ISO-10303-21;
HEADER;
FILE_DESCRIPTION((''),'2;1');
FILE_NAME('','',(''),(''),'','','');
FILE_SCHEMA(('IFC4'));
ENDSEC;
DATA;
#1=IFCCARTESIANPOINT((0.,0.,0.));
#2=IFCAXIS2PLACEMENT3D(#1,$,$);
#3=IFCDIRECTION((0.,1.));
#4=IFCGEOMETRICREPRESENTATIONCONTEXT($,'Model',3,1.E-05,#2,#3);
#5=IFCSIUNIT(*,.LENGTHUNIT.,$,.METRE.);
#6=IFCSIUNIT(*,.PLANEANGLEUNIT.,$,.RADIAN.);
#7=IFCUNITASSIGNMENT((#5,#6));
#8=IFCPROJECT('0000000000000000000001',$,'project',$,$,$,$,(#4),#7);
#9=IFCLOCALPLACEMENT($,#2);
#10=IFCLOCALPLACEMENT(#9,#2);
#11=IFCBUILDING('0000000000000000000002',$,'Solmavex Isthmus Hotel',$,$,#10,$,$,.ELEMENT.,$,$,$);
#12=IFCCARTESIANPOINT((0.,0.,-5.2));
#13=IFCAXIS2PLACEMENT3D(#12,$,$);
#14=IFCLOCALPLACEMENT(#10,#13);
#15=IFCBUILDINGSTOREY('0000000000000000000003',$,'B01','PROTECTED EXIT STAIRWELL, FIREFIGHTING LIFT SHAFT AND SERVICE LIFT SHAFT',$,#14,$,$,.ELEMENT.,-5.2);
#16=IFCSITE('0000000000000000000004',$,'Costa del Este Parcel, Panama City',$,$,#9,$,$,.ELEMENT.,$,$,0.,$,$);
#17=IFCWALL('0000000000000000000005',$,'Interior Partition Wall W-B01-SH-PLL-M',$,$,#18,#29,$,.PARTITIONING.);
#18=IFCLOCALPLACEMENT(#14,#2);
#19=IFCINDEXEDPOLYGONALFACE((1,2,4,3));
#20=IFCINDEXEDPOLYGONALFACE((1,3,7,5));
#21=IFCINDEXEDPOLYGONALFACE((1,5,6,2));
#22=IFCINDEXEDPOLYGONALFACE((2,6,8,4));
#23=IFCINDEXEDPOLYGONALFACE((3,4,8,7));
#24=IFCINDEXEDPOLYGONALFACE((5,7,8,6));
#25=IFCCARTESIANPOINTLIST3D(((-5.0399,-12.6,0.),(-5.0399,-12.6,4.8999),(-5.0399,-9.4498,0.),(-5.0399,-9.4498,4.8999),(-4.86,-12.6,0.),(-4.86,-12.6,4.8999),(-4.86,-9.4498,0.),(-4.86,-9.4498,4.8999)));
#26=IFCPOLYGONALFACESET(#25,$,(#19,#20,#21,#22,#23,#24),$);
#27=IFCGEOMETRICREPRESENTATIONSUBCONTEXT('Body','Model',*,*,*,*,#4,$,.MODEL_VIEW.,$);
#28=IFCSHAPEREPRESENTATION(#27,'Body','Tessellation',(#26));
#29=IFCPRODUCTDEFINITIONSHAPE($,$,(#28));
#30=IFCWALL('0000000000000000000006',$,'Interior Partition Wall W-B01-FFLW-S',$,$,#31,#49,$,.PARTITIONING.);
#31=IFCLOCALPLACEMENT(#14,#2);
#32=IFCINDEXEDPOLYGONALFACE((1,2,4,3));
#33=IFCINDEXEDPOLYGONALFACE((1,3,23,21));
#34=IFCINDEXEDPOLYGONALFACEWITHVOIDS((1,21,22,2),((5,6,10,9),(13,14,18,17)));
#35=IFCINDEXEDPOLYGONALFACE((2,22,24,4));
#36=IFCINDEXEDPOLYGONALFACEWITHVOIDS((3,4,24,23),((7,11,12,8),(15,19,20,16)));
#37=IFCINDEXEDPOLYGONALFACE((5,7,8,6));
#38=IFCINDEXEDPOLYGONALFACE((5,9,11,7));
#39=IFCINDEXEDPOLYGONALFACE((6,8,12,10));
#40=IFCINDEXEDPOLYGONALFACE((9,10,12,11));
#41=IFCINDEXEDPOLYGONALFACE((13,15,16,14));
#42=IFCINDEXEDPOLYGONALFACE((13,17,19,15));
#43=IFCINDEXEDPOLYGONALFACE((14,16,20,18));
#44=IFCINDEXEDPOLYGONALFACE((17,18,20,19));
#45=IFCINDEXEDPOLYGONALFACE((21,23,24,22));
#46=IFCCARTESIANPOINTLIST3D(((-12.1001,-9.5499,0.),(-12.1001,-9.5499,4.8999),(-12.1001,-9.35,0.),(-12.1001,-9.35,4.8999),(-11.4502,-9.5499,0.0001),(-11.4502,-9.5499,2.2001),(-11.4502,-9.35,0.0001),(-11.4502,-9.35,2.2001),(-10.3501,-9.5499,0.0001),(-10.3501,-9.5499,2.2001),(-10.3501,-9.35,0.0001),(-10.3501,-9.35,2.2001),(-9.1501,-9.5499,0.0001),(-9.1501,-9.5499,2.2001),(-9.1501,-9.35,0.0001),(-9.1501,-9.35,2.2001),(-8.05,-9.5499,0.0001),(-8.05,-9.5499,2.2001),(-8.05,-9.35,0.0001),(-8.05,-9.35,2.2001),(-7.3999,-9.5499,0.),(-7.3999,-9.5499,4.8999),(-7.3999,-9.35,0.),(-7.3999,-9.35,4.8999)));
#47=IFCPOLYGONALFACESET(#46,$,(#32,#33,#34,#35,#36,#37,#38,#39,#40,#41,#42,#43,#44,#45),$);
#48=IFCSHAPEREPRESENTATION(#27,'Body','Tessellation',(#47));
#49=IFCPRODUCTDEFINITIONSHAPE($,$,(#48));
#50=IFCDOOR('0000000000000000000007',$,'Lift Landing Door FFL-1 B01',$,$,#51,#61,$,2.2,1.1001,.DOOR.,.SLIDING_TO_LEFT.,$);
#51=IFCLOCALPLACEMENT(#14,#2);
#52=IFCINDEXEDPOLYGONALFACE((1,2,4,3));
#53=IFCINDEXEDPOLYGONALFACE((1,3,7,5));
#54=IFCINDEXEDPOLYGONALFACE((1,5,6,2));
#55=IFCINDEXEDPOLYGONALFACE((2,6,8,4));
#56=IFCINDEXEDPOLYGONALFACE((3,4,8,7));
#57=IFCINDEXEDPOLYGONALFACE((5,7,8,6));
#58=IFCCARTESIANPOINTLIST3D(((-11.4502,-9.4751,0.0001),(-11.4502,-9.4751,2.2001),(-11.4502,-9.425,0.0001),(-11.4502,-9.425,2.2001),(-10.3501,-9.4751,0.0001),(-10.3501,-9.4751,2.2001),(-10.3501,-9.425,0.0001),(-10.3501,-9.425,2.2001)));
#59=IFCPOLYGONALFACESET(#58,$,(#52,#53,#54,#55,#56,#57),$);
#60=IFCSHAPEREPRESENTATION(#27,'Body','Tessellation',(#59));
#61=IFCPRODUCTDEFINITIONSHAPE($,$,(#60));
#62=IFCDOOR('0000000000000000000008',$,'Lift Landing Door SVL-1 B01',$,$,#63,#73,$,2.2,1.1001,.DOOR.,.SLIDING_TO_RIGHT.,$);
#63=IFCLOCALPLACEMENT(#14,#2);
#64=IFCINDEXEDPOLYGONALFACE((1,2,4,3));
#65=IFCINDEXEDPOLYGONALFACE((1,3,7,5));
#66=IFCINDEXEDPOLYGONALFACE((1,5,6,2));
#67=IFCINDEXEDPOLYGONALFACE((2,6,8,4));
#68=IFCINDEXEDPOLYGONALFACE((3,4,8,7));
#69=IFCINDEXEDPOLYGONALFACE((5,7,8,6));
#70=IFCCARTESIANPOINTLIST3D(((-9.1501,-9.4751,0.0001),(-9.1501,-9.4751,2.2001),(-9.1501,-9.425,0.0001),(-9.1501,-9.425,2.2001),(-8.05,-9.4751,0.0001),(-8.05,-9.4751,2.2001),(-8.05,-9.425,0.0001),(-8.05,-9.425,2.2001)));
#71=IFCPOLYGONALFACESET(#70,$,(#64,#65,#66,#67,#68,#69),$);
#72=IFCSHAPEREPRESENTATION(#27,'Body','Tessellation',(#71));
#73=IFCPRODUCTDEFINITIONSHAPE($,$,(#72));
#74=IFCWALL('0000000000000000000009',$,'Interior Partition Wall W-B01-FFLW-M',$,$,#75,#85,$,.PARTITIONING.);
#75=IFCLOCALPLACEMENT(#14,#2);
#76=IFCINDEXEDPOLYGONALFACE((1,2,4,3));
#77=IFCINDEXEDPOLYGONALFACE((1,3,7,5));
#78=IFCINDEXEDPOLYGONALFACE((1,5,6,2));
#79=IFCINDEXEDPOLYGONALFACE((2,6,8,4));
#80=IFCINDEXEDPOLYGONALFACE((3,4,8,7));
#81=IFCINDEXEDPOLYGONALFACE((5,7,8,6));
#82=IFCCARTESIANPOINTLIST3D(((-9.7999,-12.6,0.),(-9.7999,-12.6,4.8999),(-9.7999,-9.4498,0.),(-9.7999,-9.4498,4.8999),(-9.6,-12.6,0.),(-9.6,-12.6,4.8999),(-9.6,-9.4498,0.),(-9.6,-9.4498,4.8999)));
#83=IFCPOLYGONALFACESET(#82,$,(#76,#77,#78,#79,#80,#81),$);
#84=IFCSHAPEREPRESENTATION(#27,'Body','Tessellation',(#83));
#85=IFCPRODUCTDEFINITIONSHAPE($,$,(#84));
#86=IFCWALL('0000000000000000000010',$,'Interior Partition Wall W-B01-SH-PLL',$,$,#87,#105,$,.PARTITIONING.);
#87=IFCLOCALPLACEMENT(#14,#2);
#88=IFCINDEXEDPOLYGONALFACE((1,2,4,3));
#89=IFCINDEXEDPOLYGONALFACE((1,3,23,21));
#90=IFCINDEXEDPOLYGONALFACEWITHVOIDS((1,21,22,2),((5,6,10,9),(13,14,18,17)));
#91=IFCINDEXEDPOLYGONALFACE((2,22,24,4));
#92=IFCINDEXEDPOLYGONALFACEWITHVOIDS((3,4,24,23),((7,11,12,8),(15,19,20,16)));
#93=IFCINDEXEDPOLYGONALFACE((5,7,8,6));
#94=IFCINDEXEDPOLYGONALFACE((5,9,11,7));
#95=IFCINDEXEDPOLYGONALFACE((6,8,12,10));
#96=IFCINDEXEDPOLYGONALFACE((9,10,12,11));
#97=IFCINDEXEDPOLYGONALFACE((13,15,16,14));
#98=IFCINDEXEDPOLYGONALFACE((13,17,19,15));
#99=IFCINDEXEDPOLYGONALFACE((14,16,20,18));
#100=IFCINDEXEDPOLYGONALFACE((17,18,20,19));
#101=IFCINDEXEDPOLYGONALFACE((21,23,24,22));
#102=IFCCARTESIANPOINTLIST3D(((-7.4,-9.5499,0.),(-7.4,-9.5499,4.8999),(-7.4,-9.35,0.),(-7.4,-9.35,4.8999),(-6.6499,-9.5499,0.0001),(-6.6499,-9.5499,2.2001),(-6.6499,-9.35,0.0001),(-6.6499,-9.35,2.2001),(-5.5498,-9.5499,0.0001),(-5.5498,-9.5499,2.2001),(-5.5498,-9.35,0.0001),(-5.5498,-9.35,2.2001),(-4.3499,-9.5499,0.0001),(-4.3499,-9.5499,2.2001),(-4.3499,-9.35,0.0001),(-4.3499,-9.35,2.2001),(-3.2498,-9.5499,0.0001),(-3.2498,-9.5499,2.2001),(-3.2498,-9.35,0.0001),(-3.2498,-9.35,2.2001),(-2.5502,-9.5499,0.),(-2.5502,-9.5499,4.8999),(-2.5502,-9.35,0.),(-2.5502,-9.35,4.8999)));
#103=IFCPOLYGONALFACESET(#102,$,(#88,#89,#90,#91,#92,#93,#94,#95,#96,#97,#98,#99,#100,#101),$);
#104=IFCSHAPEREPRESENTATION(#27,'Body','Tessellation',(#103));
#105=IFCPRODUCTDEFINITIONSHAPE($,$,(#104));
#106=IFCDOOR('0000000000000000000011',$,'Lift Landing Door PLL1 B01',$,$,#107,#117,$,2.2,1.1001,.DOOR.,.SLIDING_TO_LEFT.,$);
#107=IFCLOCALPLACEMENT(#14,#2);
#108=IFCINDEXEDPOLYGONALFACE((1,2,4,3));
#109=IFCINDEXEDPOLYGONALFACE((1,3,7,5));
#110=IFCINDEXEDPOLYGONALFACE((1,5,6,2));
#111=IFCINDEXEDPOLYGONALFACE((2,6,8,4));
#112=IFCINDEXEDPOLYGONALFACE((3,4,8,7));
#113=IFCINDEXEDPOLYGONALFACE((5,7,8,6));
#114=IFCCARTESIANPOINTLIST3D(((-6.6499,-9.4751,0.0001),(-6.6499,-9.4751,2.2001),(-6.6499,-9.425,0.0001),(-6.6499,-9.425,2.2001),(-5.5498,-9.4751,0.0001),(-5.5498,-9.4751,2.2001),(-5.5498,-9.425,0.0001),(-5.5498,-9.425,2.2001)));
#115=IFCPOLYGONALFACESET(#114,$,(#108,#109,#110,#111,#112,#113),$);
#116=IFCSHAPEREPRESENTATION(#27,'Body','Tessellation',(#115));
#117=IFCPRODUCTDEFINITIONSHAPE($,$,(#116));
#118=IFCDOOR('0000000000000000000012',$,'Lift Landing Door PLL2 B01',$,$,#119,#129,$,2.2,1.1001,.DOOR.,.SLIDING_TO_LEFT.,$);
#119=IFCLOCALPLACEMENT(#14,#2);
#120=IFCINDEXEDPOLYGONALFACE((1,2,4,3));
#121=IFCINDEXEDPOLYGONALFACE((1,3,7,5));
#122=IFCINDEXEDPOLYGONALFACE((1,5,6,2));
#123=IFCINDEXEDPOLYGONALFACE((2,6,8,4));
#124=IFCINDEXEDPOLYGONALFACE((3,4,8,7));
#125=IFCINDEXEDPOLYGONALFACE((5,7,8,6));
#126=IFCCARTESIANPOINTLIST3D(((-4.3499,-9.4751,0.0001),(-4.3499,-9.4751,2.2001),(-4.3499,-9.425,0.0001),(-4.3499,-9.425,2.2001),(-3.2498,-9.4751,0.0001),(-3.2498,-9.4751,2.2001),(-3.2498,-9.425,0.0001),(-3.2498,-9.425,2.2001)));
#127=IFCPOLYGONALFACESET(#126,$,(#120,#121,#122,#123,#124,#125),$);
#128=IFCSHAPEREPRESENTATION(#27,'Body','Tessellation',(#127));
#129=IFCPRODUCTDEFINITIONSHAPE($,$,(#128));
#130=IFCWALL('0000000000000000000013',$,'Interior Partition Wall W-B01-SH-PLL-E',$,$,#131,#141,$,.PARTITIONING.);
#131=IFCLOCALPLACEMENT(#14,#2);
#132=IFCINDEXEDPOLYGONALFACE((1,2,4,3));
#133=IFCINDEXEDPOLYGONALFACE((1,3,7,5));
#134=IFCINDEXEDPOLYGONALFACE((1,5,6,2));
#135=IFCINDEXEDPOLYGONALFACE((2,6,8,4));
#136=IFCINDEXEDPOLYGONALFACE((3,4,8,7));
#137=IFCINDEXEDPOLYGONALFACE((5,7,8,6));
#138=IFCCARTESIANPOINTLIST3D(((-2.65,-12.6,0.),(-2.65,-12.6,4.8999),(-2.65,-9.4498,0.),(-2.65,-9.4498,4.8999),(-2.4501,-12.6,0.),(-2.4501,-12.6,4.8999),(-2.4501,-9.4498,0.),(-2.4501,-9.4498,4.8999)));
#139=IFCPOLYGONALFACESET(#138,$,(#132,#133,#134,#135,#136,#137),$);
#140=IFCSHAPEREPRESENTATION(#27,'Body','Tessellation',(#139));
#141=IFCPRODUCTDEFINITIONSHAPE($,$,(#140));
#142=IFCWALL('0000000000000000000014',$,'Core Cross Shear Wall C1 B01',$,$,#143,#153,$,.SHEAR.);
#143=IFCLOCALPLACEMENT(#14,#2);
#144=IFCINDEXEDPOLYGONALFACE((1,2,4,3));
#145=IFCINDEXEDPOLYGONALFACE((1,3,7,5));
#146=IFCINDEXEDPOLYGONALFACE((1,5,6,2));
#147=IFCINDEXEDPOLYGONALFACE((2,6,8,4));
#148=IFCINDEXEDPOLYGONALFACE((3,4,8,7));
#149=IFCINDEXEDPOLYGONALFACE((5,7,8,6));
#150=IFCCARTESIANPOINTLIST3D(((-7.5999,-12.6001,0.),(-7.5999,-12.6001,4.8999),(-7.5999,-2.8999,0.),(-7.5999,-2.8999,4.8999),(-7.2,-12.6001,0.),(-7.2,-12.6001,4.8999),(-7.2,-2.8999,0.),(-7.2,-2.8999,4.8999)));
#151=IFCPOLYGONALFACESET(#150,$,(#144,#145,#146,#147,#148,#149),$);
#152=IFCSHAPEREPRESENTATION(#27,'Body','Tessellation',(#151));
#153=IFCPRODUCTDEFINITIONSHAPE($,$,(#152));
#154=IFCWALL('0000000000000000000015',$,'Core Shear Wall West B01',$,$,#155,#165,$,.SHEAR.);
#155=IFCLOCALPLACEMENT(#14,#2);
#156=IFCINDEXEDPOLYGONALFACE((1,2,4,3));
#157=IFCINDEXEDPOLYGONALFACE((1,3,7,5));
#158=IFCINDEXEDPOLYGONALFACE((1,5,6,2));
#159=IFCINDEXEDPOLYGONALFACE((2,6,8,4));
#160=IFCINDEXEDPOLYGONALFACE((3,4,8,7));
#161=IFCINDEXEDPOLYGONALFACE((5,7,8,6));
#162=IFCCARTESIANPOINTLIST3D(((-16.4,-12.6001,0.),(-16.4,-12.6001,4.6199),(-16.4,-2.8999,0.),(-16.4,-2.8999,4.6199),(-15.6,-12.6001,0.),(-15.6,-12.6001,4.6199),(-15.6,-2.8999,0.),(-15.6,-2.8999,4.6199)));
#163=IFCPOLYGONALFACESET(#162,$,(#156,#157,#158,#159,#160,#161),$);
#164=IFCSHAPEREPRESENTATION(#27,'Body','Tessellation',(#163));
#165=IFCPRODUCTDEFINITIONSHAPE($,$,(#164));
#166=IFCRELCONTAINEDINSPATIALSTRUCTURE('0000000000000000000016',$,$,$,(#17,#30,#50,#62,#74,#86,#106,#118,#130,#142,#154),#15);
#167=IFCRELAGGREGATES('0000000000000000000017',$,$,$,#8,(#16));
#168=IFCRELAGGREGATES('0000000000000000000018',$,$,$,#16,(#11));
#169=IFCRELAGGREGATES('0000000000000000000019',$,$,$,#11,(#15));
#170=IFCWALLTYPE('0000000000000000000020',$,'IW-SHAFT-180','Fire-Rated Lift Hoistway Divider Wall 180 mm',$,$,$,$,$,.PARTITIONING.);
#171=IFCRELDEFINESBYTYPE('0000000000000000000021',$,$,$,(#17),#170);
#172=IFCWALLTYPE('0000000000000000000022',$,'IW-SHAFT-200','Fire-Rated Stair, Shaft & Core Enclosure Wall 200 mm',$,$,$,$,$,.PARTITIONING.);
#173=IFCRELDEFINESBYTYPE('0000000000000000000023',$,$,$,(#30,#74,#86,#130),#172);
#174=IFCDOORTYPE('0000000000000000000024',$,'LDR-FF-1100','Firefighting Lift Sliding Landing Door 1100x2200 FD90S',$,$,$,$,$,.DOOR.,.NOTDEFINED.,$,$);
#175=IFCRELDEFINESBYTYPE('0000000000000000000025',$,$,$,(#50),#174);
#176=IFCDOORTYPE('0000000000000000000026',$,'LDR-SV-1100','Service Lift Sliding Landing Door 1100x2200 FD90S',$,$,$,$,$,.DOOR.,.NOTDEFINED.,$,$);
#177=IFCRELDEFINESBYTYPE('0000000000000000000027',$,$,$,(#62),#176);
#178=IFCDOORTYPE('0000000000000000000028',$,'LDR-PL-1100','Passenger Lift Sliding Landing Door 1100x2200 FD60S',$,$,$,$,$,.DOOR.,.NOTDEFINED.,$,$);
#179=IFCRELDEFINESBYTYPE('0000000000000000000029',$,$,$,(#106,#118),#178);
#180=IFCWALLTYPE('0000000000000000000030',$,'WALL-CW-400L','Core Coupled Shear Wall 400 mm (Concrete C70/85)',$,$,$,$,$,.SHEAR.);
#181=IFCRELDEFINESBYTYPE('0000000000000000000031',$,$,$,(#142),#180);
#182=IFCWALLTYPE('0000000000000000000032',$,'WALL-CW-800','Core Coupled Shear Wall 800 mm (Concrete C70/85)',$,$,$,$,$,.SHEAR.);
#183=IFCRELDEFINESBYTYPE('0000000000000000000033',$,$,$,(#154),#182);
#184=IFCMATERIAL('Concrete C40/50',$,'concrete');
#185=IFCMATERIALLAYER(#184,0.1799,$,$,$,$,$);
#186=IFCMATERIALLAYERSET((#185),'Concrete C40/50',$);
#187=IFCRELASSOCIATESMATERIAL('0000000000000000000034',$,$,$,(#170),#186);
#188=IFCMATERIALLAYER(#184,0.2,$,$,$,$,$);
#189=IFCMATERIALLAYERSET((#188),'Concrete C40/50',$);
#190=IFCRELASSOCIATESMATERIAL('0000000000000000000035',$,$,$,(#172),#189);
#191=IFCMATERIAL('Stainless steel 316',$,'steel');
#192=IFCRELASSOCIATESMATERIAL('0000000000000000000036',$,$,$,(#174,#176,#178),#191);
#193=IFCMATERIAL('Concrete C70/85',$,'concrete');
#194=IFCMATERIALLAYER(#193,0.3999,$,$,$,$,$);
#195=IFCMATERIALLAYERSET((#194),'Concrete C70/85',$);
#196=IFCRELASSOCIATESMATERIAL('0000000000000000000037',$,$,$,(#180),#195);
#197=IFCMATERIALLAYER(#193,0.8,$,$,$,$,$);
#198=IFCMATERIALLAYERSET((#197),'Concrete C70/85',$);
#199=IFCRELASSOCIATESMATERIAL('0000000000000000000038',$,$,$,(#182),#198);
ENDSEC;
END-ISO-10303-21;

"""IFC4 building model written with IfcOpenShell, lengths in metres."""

from ifc_helpers import new_model, si_unit, direction, frame, frame_2d, origin, place, context, subcontext, project, spatial, rectangle, extrude, material, layer, layer_set, type_object, element, fill, save


model = new_model("IFC4")

# Units and contexts
model_context = context("Model", 3, precision=1e-05, world=origin(), true_north=direction((0.0, 1.0)))
body_context = subcontext(model_context, "Body", "Model", "MODEL_VIEW")
ifc_project = project(units=[si_unit("LENGTHUNIT", "METRE"), si_unit("PLANEANGLEUNIT", "RADIAN")], contexts=[model_context])

# Site, building, storey
site_placement = place(None, origin())
site = spatial("IfcSite", under=ifc_project, at=site_placement, Name="Costa del Este Parcel, Panama City", CompositionType="ELEMENT", RefElevation=0.0)
building_placement = place(site_placement, origin())
building = spatial("IfcBuilding", under=site, at=building_placement, Name="Solmavex Isthmus Hotel", CompositionType="ELEMENT")
storey_placement = place(building_placement, frame((0.0, 0.0, -5.2)))
storey = spatial("IfcBuildingStorey", under=building, at=storey_placement, Name="B01", Description="PROTECTED EXIT STAIRWELL, FIREFIGHTING LIFT SHAFT AND SERVICE LIFT SHAFT", CompositionType="ELEMENT", Elevation=-5.2)

# Shared definitions
ifc_material_1 = material(Name="Concrete C70/85", Category="concrete")

# Wall
ifc_material_2 = material(Name="Concrete C40/50", Category="concrete")
ifc_layer_1 = layer(ifc_material_2, 0.1799)
ifc_layer_set_1 = layer_set([ifc_layer_1], Name="Concrete C40/50")
wall_type_1 = type_object("IfcWallType", Name="IW-SHAFT-180", Description="Fire-Rated Lift Hoistway Divider Wall 180 mm", PredefinedType="PARTITIONING", material=ifc_layer_set_1)
wall_1_placement = place(storey_placement, frame((-4.95, -12.6001, 0.0), z_axis=(0.0, 0.0, 1.0), x_axis=(0.0, 1.0, 0.0)))
element("IfcWall", 1, at=wall_1_placement, inside=storey, type_object=wall_type_1, Name="Interior Partition Wall W-B01-SH-PLL-M", PredefinedType="PARTITIONING", context=body_context, shape_type="SweptSolid", body=[
    extrude(rectangle(XDim=3.1501, YDim=0.1799, at=frame_2d((1.5752, 0.0))), origin(), (0.0, 0.0, 1.0), 4.8999),
])

# Wall, openings, doors
ifc_layer_2 = layer(ifc_material_2, 0.2)
ifc_layer_set_2 = layer_set([ifc_layer_2], Name="Concrete C40/50")
wall_type_2 = type_object("IfcWallType", Name="IW-SHAFT-200", Description="Fire-Rated Stair, Shaft & Core Enclosure Wall 200 mm", PredefinedType="PARTITIONING", material=ifc_layer_set_2)
wall_2_placement = place(storey_placement, frame((-12.1001, -9.45, 0.0), z_axis=(0.0, 0.0, 1.0), x_axis=(1.0, 0.0, 0.0)))
wall_2 = element("IfcWall", 2, at=wall_2_placement, inside=storey, type_object=wall_type_2, Name="Interior Partition Wall W-B01-FFLW-S", PredefinedType="PARTITIONING", context=body_context, shape_type="SweptSolid", body=[
    extrude(rectangle(XDim=4.7002, YDim=0.2, at=frame_2d((2.3501, 0.0))), origin(), (0.0, 0.0, 1.0), 4.8999),
])
opening_1_placement = place(wall_2_placement, frame((0.6499, 0.0, 0.0)))
opening_1 = element("IfcOpeningElement", 3, at=opening_1_placement, cuts=wall_2, PredefinedType="OPENING", context=body_context, shape_type="SweptSolid", body=[
    extrude(rectangle(XDim=1.1001, YDim=2.2, at=frame_2d((0.55, 1.1001))), frame((0.0, 0.1099, 0.0), z_axis=(0.0, -1.0, 0.0), x_axis=(1.0, 0.0, 0.0)), (0.0, 0.0, 1.0), 0.22),
])
opening_2_placement = place(wall_2_placement, frame((2.95, 0.0, 0.0)))
opening_2 = element("IfcOpeningElement", 4, at=opening_2_placement, cuts=wall_2, PredefinedType="OPENING", context=body_context, shape_type="SweptSolid", body=[
    extrude(rectangle(XDim=1.1001, YDim=2.2, at=frame_2d((0.55, 1.1001))), frame((0.0, 0.1099, 0.0), z_axis=(0.0, -1.0, 0.0), x_axis=(1.0, 0.0, 0.0)), (0.0, 0.0, 1.0), 0.22),
])
ifc_material_3 = material(Name="Stainless steel 316", Category="steel")
door_type_1 = type_object("IfcDoorType", Name="LDR-FF-1100", Description="Firefighting Lift Sliding Landing Door 1100x2200 FD90S", OperationType="NOTDEFINED", PredefinedType="DOOR", material=ifc_material_3)
door_1_placement = place(opening_1_placement, origin())
door_1 = element("IfcDoor", 5, at=door_1_placement, inside=storey, type_object=door_type_1, Name="Lift Landing Door FFL-1 B01", OperationType="SLIDING_TO_LEFT", OverallHeight=2.2, OverallWidth=1.1001, PredefinedType="DOOR", context=body_context, shape_type="SweptSolid", body=[
    extrude(rectangle(XDim=1.1001, YDim=2.2, at=frame_2d((0.55, 1.1001))), frame((0.0, 0.0249, 0.0), z_axis=(0.0, -1.0, 0.0), x_axis=(1.0, 0.0, 0.0)), (0.0, 0.0, 1.0), 0.05),
])
fill(opening_1, door_1)
door_type_2 = type_object("IfcDoorType", Name="LDR-SV-1100", Description="Service Lift Sliding Landing Door 1100x2200 FD90S", OperationType="NOTDEFINED", PredefinedType="DOOR", material=ifc_material_3)
door_2_placement = place(opening_2_placement, origin())
door_2 = element("IfcDoor", 6, at=door_2_placement, inside=storey, type_object=door_type_2, Name="Lift Landing Door SVL-1 B01", OperationType="SLIDING_TO_RIGHT", OverallHeight=2.2, OverallWidth=1.1001, PredefinedType="DOOR", context=body_context, shape_type="SweptSolid", body=[
    extrude(rectangle(XDim=1.1001, YDim=2.2, at=frame_2d((0.55, 1.1001))), frame((0.0, 0.0249, 0.0), z_axis=(0.0, -1.0, 0.0), x_axis=(1.0, 0.0, 0.0)), (0.0, 0.0, 1.0), 0.05),
])
fill(opening_2, door_2)

# Wall
wall_3_placement = place(storey_placement, frame((-9.7, -12.6001, 0.0), z_axis=(0.0, 0.0, 1.0), x_axis=(0.0, 1.0, 0.0)))
element("IfcWall", 7, at=wall_3_placement, inside=storey, type_object=wall_type_2, Name="Interior Partition Wall W-B01-FFLW-M", PredefinedType="PARTITIONING", context=body_context, shape_type="SweptSolid", body=[
    extrude(rectangle(XDim=3.1501, YDim=0.2, at=frame_2d((1.5752, 0.0))), origin(), (0.0, 0.0, 1.0), 4.8999),
])

# Wall, openings, doors
wall_4_placement = place(storey_placement, frame((-7.3999, -9.45, 0.0), z_axis=(0.0, 0.0, 1.0), x_axis=(1.0, 0.0, 0.0)))
wall_4 = element("IfcWall", 8, at=wall_4_placement, inside=storey, type_object=wall_type_2, Name="Interior Partition Wall W-B01-SH-PLL", PredefinedType="PARTITIONING", context=body_context, shape_type="SweptSolid", body=[
    extrude(rectangle(XDim=4.8499, YDim=0.2, at=frame_2d((2.4248, 0.0))), origin(), (0.0, 0.0, 1.0), 4.8999),
])
opening_3_placement = place(wall_4_placement, frame((0.75, 0.0, 0.0)))
opening_3 = element("IfcOpeningElement", 9, at=opening_3_placement, cuts=wall_4, PredefinedType="OPENING", context=body_context, shape_type="SweptSolid", body=[
    extrude(rectangle(XDim=1.1001, YDim=2.2, at=frame_2d((0.55, 1.1001))), frame((0.0, 0.1099, 0.0), z_axis=(0.0, -1.0, 0.0), x_axis=(1.0, 0.0, 0.0)), (0.0, 0.0, 1.0), 0.22),
])
opening_4_placement = place(wall_4_placement, frame((3.05, 0.0, 0.0)))
opening_4 = element("IfcOpeningElement", 10, at=opening_4_placement, cuts=wall_4, PredefinedType="OPENING", context=body_context, shape_type="SweptSolid", body=[
    extrude(rectangle(XDim=1.1001, YDim=2.2, at=frame_2d((0.55, 1.1001))), frame((0.0, 0.1099, 0.0), z_axis=(0.0, -1.0, 0.0), x_axis=(1.0, 0.0, 0.0)), (0.0, 0.0, 1.0), 0.22),
])
door_type_3 = type_object("IfcDoorType", Name="LDR-PL-1100", Description="Passenger Lift Sliding Landing Door 1100x2200 FD60S", OperationType="NOTDEFINED", PredefinedType="DOOR", material=ifc_material_3)
door_3_placement = place(opening_3_placement, origin())
door_3 = element("IfcDoor", 11, at=door_3_placement, inside=storey, type_object=door_type_3, Name="Lift Landing Door PLL1 B01", OperationType="SLIDING_TO_LEFT", OverallHeight=2.2, OverallWidth=1.1001, PredefinedType="DOOR", context=body_context, shape_type="SweptSolid", body=[
    extrude(rectangle(XDim=1.1001, YDim=2.2, at=frame_2d((0.55, 1.1001))), frame((0.0, 0.0249, 0.0), z_axis=(0.0, -1.0, 0.0), x_axis=(1.0, 0.0, 0.0)), (0.0, 0.0, 1.0), 0.05),
])
fill(opening_3, door_3)
door_4_placement = place(opening_4_placement, origin())
door_4 = element("IfcDoor", 12, at=door_4_placement, inside=storey, type_object=door_type_3, Name="Lift Landing Door PLL2 B01", OperationType="SLIDING_TO_LEFT", OverallHeight=2.2, OverallWidth=1.1001, PredefinedType="DOOR", context=body_context, shape_type="SweptSolid", body=[
    extrude(rectangle(XDim=1.1001, YDim=2.2, at=frame_2d((0.55, 1.1001))), frame((0.0, 0.0249, 0.0), z_axis=(0.0, -1.0, 0.0), x_axis=(1.0, 0.0, 0.0)), (0.0, 0.0, 1.0), 0.05),
])
fill(opening_4, door_4)

# Walls
wall_5_placement = place(storey_placement, frame((-2.55, -12.6001, 0.0), z_axis=(0.0, 0.0, 1.0), x_axis=(0.0, 1.0, 0.0)))
element("IfcWall", 13, at=wall_5_placement, inside=storey, type_object=wall_type_2, Name="Interior Partition Wall W-B01-SH-PLL-E", PredefinedType="PARTITIONING", context=body_context, shape_type="SweptSolid", body=[
    extrude(rectangle(XDim=3.1501, YDim=0.2, at=frame_2d((1.5752, 0.0))), origin(), (0.0, 0.0, 1.0), 4.8999),
])
ifc_layer_3 = layer(ifc_material_1, 0.3999)
ifc_layer_set_3 = layer_set([ifc_layer_3], Name="Concrete C70/85")
wall_type_3 = type_object("IfcWallType", Name="WALL-CW-400L", Description="Core Coupled Shear Wall 400 mm (Concrete C70/85)", PredefinedType="SHEAR", material=ifc_layer_set_3)
wall_6_placement = place(storey_placement, frame((-7.3999, -12.6001, 0.0), z_axis=(0.0, 0.0, 1.0), x_axis=(0.0, 1.0, 0.0)))
element("IfcWall", 14, at=wall_6_placement, inside=storey, type_object=wall_type_3, Name="Core Cross Shear Wall C1 B01", PredefinedType="SHEAR", context=body_context, shape_type="SweptSolid", body=[
    extrude(rectangle(XDim=9.7002, YDim=0.3999, at=frame_2d((4.8501, 0.0))), origin(), (0.0, 0.0, 1.0), 4.8999),
])
ifc_layer_4 = layer(ifc_material_1, 0.8)
ifc_layer_set_4 = layer_set([ifc_layer_4], Name="Concrete C70/85")
wall_type_4 = type_object("IfcWallType", Name="WALL-CW-800", Description="Core Coupled Shear Wall 800 mm (Concrete C70/85)", PredefinedType="SHEAR", material=ifc_layer_set_4)
wall_7_placement = place(storey_placement, frame((-16.0, -12.6001, 0.0), z_axis=(0.0, 0.0, 1.0), x_axis=(0.0, 1.0, 0.0)))
element("IfcWall", 15, at=wall_7_placement, inside=storey, type_object=wall_type_4, Name="Core Shear Wall West B01", PredefinedType="SHEAR", context=body_context, shape_type="SweptSolid", body=[
    extrude(rectangle(XDim=9.7002, YDim=0.8, at=frame_2d((4.8501, 0.0))), origin(), (0.0, 0.0, 1.0), 4.6199),
])

save(model, "model.ifc")
